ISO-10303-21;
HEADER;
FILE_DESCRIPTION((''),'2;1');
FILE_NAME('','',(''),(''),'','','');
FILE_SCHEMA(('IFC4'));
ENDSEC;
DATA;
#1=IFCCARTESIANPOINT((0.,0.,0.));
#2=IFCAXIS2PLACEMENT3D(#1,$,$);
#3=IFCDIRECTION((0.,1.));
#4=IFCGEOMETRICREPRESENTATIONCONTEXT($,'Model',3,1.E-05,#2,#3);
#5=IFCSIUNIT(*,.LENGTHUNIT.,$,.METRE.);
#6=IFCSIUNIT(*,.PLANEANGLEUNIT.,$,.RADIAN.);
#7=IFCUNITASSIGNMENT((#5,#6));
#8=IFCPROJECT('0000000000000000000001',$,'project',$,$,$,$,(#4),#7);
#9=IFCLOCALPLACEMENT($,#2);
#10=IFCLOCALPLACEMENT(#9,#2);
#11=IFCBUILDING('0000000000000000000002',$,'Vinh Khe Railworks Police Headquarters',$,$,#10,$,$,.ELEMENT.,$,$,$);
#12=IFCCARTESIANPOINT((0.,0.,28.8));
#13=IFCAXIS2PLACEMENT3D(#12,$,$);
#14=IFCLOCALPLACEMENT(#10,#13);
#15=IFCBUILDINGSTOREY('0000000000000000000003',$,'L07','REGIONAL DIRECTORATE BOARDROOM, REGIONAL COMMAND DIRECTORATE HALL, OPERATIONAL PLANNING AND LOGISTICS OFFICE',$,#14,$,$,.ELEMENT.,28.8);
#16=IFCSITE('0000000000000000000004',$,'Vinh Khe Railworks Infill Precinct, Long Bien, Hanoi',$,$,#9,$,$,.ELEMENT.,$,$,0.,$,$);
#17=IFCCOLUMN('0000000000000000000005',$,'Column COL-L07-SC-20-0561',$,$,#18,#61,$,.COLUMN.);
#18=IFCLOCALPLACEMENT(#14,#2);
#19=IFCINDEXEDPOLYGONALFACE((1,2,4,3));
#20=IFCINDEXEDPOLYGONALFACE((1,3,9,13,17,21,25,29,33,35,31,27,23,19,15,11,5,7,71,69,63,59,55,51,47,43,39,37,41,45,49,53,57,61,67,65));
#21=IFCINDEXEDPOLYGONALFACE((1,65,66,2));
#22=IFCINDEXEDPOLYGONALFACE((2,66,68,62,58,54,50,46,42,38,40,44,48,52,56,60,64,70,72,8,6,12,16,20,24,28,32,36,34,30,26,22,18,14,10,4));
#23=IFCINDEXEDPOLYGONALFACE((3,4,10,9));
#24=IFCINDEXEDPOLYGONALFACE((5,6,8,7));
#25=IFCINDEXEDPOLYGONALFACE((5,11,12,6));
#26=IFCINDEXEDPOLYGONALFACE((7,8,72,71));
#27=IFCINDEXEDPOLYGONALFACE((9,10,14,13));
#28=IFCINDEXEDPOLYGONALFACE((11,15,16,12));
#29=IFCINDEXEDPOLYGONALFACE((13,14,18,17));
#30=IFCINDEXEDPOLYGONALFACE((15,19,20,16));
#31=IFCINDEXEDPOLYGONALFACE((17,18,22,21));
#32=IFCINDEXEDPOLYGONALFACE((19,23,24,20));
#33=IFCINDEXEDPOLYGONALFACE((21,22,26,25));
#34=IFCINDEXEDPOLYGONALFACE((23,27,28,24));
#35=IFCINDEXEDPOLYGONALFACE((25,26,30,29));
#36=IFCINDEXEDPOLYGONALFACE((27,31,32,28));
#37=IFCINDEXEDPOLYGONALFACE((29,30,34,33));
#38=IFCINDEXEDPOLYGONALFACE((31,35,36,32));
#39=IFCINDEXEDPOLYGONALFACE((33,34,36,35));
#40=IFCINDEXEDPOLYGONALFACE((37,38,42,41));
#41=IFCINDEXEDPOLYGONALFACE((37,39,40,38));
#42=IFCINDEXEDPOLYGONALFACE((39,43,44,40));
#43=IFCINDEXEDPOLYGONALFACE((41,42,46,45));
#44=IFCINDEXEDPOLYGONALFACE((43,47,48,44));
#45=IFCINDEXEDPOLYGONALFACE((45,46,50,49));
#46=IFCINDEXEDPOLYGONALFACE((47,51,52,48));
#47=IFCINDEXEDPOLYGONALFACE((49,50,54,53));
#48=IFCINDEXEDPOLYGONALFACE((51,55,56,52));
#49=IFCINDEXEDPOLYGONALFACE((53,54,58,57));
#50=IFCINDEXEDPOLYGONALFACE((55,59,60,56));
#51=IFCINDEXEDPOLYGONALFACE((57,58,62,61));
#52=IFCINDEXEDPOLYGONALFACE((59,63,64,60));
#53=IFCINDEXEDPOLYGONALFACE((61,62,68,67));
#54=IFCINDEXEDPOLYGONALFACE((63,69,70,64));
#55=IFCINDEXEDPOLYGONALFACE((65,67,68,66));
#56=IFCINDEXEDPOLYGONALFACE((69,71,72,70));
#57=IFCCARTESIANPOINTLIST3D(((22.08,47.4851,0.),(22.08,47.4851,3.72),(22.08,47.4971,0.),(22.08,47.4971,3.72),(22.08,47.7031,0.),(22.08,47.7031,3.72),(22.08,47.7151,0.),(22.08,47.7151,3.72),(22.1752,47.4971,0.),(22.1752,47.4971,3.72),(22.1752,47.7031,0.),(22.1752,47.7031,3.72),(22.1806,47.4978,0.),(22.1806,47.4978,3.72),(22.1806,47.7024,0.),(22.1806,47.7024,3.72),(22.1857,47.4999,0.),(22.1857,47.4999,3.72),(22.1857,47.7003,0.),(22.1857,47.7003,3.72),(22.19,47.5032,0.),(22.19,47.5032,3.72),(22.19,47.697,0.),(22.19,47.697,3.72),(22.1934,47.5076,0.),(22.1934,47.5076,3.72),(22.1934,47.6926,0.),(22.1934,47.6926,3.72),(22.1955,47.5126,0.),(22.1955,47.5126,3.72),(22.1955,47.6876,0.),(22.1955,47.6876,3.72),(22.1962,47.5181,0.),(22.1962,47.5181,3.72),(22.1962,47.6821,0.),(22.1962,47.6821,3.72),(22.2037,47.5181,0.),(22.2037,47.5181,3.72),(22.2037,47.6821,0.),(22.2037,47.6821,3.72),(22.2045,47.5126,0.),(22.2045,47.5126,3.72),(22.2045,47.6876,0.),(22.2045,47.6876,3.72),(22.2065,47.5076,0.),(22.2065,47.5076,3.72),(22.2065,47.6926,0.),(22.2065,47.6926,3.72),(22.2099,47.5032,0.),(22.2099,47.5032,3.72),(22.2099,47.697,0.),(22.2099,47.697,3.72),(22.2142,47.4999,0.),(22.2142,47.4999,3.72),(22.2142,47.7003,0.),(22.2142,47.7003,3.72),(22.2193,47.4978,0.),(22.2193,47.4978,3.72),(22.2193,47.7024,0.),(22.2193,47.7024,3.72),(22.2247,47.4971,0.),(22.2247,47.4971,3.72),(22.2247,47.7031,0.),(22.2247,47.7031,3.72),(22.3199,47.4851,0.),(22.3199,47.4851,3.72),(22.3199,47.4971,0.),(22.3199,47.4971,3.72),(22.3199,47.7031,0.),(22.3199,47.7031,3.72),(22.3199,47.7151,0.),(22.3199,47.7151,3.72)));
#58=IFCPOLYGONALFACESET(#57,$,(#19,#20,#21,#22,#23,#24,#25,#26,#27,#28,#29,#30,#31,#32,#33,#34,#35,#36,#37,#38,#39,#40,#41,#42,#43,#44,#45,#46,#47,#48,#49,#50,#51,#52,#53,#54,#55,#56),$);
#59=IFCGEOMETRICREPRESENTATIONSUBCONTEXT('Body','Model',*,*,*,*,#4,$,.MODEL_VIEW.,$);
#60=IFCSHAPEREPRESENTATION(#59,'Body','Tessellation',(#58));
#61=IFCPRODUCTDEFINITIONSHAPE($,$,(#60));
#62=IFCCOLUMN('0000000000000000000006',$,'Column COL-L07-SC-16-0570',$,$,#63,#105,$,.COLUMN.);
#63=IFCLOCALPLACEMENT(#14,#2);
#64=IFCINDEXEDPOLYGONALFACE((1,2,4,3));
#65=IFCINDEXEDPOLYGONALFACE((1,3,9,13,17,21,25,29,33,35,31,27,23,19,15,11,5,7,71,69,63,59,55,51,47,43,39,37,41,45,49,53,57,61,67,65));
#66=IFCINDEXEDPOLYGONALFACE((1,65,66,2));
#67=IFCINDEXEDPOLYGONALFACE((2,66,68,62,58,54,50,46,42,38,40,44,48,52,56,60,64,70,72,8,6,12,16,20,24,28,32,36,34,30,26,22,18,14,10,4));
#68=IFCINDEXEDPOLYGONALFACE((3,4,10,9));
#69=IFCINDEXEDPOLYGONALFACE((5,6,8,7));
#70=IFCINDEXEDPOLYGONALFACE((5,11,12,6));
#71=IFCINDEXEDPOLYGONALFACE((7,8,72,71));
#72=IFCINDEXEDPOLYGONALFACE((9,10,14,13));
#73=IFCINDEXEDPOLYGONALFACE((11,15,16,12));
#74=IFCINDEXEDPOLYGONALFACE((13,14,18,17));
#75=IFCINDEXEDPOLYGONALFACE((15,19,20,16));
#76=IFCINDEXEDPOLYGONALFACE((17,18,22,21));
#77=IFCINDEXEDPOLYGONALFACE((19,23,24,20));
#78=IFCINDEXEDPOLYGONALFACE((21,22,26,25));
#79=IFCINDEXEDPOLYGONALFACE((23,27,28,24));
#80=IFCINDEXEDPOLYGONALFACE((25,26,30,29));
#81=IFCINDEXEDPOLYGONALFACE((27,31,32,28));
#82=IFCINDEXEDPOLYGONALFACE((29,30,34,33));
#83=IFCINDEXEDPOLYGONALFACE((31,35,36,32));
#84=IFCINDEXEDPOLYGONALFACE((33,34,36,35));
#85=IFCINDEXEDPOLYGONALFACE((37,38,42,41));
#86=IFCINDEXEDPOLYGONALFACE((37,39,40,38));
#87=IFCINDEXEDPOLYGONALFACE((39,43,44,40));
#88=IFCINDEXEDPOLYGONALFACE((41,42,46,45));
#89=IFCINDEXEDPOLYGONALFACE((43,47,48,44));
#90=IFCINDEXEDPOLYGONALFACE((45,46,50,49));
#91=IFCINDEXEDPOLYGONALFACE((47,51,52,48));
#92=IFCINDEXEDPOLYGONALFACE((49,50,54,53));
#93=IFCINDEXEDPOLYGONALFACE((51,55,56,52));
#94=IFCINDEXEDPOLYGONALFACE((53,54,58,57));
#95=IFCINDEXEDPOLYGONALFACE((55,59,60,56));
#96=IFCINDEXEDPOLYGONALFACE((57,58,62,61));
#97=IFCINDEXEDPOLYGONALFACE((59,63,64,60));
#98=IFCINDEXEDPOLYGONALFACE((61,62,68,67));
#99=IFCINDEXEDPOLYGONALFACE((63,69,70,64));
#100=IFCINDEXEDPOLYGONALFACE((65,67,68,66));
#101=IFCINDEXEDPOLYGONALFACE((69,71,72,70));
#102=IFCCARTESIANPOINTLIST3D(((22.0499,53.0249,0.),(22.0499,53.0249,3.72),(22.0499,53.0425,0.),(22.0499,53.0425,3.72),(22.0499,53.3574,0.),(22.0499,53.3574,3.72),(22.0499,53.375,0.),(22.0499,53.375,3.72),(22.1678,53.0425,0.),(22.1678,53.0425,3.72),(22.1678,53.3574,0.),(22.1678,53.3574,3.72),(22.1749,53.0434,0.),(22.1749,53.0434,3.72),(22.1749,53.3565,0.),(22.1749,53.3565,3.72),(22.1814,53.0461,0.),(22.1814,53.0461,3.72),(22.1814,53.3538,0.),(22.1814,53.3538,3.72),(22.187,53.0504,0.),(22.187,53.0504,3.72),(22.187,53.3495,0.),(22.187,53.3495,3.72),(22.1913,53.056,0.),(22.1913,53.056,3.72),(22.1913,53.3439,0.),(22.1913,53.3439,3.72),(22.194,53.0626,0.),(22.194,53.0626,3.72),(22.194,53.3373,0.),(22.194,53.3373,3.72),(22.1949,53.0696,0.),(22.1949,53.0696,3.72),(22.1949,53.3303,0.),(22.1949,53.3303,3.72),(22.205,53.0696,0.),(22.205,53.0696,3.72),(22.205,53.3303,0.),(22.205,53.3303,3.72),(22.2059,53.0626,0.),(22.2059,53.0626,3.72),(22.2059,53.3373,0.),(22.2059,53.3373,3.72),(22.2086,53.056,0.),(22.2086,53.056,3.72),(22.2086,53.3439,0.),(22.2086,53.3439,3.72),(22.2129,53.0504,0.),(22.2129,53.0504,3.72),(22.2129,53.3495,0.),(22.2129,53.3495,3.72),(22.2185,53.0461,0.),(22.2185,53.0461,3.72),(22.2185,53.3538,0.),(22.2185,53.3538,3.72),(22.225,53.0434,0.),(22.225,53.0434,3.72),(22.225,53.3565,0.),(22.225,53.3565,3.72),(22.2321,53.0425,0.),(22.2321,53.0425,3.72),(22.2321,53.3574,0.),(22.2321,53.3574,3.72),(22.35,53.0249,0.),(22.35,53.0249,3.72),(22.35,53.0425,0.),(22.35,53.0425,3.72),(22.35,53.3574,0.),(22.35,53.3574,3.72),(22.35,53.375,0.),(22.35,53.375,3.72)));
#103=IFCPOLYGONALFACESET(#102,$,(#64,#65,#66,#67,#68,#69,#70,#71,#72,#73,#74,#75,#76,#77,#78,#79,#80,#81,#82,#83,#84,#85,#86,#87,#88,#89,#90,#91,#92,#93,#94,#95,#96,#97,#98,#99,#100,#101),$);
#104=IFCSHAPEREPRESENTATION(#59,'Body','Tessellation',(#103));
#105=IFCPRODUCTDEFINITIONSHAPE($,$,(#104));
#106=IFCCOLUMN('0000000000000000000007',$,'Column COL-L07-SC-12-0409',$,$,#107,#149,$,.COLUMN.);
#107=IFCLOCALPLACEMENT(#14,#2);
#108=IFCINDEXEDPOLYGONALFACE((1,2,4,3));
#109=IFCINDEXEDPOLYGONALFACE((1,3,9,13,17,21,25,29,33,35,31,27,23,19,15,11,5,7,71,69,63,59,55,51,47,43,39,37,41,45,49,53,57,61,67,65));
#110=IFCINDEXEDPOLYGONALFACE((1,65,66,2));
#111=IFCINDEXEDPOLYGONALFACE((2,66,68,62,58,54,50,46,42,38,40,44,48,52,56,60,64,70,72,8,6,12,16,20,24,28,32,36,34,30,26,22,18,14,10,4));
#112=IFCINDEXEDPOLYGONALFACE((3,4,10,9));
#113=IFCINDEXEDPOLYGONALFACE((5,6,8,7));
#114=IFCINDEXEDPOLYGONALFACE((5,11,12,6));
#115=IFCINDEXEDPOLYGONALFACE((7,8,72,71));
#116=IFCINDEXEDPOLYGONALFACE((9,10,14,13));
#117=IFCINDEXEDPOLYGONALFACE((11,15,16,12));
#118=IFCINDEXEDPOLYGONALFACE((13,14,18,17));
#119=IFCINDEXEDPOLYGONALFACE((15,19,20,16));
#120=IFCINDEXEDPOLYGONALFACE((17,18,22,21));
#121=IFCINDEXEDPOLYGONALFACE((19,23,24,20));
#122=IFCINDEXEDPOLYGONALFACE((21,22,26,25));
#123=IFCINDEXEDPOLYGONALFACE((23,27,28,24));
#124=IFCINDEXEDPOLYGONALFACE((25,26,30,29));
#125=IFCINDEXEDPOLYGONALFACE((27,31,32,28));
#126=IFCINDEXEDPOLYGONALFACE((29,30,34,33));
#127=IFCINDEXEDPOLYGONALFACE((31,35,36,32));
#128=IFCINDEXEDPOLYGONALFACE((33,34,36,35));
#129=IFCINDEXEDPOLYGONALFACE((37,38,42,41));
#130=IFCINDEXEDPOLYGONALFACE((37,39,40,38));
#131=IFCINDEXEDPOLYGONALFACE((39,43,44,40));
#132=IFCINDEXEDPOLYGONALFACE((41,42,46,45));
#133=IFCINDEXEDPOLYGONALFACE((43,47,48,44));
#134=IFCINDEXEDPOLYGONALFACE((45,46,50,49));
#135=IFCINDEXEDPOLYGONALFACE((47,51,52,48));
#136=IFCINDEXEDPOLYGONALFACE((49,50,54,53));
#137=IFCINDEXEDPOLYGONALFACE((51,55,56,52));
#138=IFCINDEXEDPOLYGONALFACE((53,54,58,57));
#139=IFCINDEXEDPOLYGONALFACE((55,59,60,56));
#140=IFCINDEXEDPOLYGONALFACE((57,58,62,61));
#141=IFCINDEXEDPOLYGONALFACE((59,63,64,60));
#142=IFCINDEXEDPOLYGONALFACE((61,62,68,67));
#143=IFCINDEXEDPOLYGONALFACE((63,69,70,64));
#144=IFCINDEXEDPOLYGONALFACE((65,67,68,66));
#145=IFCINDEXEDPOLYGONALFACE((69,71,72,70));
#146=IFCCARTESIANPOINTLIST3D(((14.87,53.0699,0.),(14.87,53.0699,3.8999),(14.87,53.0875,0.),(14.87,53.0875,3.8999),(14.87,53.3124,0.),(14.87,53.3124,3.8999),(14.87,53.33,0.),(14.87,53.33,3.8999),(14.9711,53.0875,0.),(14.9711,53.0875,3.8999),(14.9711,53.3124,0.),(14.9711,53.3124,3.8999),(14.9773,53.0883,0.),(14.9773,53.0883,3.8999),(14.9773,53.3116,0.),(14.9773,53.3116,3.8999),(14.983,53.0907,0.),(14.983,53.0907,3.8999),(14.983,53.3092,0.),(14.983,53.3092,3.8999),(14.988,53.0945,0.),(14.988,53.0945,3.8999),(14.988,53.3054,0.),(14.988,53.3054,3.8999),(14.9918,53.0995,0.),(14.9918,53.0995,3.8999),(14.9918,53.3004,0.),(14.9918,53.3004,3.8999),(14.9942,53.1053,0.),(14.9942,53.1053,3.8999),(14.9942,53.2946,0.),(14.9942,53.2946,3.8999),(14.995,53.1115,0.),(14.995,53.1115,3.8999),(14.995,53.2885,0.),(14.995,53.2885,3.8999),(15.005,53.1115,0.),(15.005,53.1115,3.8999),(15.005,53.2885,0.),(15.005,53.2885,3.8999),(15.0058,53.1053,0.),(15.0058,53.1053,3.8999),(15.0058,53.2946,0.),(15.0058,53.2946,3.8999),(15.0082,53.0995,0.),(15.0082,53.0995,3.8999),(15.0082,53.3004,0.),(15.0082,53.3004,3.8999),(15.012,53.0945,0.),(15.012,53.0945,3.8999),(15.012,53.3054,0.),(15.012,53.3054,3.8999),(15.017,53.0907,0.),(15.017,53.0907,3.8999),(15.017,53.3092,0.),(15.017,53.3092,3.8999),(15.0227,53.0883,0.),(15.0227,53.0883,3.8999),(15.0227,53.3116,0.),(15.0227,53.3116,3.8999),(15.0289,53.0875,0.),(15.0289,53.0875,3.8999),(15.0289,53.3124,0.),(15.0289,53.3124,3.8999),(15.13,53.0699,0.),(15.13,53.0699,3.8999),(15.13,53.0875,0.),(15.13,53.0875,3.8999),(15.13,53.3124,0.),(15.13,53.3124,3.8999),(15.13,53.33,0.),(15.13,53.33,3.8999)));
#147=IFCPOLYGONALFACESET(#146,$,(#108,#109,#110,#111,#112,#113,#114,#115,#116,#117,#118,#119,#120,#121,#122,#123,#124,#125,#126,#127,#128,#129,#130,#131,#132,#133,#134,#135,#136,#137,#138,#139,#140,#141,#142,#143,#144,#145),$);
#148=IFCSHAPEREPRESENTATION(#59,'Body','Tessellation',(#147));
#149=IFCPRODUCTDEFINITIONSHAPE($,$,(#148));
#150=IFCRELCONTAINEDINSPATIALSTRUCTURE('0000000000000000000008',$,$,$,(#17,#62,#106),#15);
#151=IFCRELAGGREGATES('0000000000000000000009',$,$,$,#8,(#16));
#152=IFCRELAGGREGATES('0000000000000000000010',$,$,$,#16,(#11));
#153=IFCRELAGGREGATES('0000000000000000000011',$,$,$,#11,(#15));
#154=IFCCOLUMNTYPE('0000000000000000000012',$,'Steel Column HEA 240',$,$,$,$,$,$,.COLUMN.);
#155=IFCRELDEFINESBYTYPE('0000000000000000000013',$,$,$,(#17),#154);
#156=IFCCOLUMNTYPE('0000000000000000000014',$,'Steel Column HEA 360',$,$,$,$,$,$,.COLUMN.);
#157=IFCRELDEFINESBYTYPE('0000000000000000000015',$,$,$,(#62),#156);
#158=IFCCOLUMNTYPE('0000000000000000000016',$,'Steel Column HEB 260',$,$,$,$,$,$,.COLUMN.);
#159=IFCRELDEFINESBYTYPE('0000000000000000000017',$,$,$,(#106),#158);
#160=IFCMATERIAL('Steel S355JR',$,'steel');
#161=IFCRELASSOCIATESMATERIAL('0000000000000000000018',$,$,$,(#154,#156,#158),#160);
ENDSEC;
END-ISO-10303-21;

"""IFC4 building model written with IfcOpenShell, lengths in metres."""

from ifc_helpers import new_model, si_unit, direction, frame, origin, origin_2d, place, context, subcontext, project, spatial, i_section, extrude, material, material_profile, profile_set, type_object, element, save


model = new_model("IFC4")

# Units and contexts
model_context = context("Model", 3, precision=1e-05, world=origin(), true_north=direction((0.0, 1.0)))
body_context = subcontext(model_context, "Body", "Model", "MODEL_VIEW")
ifc_project = project(units=[si_unit("LENGTHUNIT", "METRE"), si_unit("PLANEANGLEUNIT", "RADIAN")], contexts=[model_context])

# Site, building, storey
site_placement = place(None, origin())
site = spatial("IfcSite", under=ifc_project, at=site_placement, Name="Vinh Khe Railworks Infill Precinct, Long Bien, Hanoi", CompositionType="ELEMENT", RefElevation=0.0)
building_placement = place(site_placement, origin())
building = spatial("IfcBuilding", under=site, at=building_placement, Name="Vinh Khe Railworks Police Headquarters", CompositionType="ELEMENT")
storey_placement = place(building_placement, frame((0.0, 0.0, 28.8)))
storey = spatial("IfcBuildingStorey", under=building, at=storey_placement, Name="L07", Description="REGIONAL DIRECTORATE BOARDROOM, REGIONAL COMMAND DIRECTORATE HALL, OPERATIONAL PLANNING AND LOGISTICS OFFICE", CompositionType="ELEMENT", Elevation=28.8)

# Columns
ifc_material_1 = material(Name="Steel S355JR", Category="steel")
ifc_material_profile_1 = material_profile(ifc_material_1, i_section(OverallWidth=0.24, OverallDepth=0.23, WebThickness=0.0076, FlangeThickness=0.012, FilletRadius=0.021, at=origin_2d()), Name="HEA 240")
ifc_profile_set_1 = profile_set([ifc_material_profile_1], Name="Steel S355JR")
column_type_1 = type_object("IfcColumnType", Name="Steel Column HEA 240", PredefinedType="COLUMN", material=ifc_profile_set_1)
column_1_placement = place(storey_placement, frame((22.2, 47.6001, 0.0), z_axis=(0.0, 0.0, 1.0), x_axis=(1.0, 0.0, 0.0)))
element("IfcColumn", 1, at=column_1_placement, inside=storey, type_object=column_type_1, Name="Column COL-L07-SC-20-0561", PredefinedType="COLUMN", context=body_context, shape_type="SweptSolid", body=[
    extrude(i_section(OverallWidth=0.24, OverallDepth=0.23, WebThickness=0.0076, FlangeThickness=0.012, FilletRadius=0.021, at=origin_2d()), origin(), (0.0, 0.0, 1.0), 3.72),
])
ifc_material_profile_2 = material_profile(ifc_material_1, i_section(OverallWidth=0.3, OverallDepth=0.3501, WebThickness=0.01, FlangeThickness=0.0176, FilletRadius=0.0271, at=origin_2d()), Name="HEA 360")
ifc_profile_set_2 = profile_set([ifc_material_profile_2], Name="Steel S355JR")
column_type_2 = type_object("IfcColumnType", Name="Steel Column HEA 360", PredefinedType="COLUMN", material=ifc_profile_set_2)
column_2_placement = place(storey_placement, frame((22.2, 53.2, 0.0), z_axis=(0.0, 0.0, 1.0), x_axis=(1.0, 0.0, 0.0)))
element("IfcColumn", 2, at=column_2_placement, inside=storey, type_object=column_type_2, Name="Column COL-L07-SC-16-0570", PredefinedType="COLUMN", context=body_context, shape_type="SweptSolid", body=[
    extrude(i_section(OverallWidth=0.3, OverallDepth=0.3501, WebThickness=0.01, FlangeThickness=0.0176, FilletRadius=0.0271, at=origin_2d()), origin(), (0.0, 0.0, 1.0), 3.72),
])
ifc_material_profile_3 = material_profile(ifc_material_1, i_section(OverallWidth=0.26, OverallDepth=0.26, WebThickness=0.01, FlangeThickness=0.0176, FilletRadius=0.0239, at=origin_2d()), Name="HEB 260")
ifc_profile_set_3 = profile_set([ifc_material_profile_3], Name="Steel S355JR")
column_type_3 = type_object("IfcColumnType", Name="Steel Column HEB 260", PredefinedType="COLUMN", material=ifc_profile_set_3)
column_3_placement = place(storey_placement, frame((15.0, 53.2, 0.0), z_axis=(0.0, 0.0, 1.0), x_axis=(1.0, 0.0, 0.0)))
element("IfcColumn", 3, at=column_3_placement, inside=storey, type_object=column_type_3, Name="Column COL-L07-SC-12-0409", PredefinedType="COLUMN", context=body_context, shape_type="SweptSolid", body=[
    extrude(i_section(OverallWidth=0.26, OverallDepth=0.26, WebThickness=0.01, FlangeThickness=0.0176, FilletRadius=0.0239, at=origin_2d()), origin(), (0.0, 0.0, 1.0), 3.8999),
])

save(model, "model.ifc")
